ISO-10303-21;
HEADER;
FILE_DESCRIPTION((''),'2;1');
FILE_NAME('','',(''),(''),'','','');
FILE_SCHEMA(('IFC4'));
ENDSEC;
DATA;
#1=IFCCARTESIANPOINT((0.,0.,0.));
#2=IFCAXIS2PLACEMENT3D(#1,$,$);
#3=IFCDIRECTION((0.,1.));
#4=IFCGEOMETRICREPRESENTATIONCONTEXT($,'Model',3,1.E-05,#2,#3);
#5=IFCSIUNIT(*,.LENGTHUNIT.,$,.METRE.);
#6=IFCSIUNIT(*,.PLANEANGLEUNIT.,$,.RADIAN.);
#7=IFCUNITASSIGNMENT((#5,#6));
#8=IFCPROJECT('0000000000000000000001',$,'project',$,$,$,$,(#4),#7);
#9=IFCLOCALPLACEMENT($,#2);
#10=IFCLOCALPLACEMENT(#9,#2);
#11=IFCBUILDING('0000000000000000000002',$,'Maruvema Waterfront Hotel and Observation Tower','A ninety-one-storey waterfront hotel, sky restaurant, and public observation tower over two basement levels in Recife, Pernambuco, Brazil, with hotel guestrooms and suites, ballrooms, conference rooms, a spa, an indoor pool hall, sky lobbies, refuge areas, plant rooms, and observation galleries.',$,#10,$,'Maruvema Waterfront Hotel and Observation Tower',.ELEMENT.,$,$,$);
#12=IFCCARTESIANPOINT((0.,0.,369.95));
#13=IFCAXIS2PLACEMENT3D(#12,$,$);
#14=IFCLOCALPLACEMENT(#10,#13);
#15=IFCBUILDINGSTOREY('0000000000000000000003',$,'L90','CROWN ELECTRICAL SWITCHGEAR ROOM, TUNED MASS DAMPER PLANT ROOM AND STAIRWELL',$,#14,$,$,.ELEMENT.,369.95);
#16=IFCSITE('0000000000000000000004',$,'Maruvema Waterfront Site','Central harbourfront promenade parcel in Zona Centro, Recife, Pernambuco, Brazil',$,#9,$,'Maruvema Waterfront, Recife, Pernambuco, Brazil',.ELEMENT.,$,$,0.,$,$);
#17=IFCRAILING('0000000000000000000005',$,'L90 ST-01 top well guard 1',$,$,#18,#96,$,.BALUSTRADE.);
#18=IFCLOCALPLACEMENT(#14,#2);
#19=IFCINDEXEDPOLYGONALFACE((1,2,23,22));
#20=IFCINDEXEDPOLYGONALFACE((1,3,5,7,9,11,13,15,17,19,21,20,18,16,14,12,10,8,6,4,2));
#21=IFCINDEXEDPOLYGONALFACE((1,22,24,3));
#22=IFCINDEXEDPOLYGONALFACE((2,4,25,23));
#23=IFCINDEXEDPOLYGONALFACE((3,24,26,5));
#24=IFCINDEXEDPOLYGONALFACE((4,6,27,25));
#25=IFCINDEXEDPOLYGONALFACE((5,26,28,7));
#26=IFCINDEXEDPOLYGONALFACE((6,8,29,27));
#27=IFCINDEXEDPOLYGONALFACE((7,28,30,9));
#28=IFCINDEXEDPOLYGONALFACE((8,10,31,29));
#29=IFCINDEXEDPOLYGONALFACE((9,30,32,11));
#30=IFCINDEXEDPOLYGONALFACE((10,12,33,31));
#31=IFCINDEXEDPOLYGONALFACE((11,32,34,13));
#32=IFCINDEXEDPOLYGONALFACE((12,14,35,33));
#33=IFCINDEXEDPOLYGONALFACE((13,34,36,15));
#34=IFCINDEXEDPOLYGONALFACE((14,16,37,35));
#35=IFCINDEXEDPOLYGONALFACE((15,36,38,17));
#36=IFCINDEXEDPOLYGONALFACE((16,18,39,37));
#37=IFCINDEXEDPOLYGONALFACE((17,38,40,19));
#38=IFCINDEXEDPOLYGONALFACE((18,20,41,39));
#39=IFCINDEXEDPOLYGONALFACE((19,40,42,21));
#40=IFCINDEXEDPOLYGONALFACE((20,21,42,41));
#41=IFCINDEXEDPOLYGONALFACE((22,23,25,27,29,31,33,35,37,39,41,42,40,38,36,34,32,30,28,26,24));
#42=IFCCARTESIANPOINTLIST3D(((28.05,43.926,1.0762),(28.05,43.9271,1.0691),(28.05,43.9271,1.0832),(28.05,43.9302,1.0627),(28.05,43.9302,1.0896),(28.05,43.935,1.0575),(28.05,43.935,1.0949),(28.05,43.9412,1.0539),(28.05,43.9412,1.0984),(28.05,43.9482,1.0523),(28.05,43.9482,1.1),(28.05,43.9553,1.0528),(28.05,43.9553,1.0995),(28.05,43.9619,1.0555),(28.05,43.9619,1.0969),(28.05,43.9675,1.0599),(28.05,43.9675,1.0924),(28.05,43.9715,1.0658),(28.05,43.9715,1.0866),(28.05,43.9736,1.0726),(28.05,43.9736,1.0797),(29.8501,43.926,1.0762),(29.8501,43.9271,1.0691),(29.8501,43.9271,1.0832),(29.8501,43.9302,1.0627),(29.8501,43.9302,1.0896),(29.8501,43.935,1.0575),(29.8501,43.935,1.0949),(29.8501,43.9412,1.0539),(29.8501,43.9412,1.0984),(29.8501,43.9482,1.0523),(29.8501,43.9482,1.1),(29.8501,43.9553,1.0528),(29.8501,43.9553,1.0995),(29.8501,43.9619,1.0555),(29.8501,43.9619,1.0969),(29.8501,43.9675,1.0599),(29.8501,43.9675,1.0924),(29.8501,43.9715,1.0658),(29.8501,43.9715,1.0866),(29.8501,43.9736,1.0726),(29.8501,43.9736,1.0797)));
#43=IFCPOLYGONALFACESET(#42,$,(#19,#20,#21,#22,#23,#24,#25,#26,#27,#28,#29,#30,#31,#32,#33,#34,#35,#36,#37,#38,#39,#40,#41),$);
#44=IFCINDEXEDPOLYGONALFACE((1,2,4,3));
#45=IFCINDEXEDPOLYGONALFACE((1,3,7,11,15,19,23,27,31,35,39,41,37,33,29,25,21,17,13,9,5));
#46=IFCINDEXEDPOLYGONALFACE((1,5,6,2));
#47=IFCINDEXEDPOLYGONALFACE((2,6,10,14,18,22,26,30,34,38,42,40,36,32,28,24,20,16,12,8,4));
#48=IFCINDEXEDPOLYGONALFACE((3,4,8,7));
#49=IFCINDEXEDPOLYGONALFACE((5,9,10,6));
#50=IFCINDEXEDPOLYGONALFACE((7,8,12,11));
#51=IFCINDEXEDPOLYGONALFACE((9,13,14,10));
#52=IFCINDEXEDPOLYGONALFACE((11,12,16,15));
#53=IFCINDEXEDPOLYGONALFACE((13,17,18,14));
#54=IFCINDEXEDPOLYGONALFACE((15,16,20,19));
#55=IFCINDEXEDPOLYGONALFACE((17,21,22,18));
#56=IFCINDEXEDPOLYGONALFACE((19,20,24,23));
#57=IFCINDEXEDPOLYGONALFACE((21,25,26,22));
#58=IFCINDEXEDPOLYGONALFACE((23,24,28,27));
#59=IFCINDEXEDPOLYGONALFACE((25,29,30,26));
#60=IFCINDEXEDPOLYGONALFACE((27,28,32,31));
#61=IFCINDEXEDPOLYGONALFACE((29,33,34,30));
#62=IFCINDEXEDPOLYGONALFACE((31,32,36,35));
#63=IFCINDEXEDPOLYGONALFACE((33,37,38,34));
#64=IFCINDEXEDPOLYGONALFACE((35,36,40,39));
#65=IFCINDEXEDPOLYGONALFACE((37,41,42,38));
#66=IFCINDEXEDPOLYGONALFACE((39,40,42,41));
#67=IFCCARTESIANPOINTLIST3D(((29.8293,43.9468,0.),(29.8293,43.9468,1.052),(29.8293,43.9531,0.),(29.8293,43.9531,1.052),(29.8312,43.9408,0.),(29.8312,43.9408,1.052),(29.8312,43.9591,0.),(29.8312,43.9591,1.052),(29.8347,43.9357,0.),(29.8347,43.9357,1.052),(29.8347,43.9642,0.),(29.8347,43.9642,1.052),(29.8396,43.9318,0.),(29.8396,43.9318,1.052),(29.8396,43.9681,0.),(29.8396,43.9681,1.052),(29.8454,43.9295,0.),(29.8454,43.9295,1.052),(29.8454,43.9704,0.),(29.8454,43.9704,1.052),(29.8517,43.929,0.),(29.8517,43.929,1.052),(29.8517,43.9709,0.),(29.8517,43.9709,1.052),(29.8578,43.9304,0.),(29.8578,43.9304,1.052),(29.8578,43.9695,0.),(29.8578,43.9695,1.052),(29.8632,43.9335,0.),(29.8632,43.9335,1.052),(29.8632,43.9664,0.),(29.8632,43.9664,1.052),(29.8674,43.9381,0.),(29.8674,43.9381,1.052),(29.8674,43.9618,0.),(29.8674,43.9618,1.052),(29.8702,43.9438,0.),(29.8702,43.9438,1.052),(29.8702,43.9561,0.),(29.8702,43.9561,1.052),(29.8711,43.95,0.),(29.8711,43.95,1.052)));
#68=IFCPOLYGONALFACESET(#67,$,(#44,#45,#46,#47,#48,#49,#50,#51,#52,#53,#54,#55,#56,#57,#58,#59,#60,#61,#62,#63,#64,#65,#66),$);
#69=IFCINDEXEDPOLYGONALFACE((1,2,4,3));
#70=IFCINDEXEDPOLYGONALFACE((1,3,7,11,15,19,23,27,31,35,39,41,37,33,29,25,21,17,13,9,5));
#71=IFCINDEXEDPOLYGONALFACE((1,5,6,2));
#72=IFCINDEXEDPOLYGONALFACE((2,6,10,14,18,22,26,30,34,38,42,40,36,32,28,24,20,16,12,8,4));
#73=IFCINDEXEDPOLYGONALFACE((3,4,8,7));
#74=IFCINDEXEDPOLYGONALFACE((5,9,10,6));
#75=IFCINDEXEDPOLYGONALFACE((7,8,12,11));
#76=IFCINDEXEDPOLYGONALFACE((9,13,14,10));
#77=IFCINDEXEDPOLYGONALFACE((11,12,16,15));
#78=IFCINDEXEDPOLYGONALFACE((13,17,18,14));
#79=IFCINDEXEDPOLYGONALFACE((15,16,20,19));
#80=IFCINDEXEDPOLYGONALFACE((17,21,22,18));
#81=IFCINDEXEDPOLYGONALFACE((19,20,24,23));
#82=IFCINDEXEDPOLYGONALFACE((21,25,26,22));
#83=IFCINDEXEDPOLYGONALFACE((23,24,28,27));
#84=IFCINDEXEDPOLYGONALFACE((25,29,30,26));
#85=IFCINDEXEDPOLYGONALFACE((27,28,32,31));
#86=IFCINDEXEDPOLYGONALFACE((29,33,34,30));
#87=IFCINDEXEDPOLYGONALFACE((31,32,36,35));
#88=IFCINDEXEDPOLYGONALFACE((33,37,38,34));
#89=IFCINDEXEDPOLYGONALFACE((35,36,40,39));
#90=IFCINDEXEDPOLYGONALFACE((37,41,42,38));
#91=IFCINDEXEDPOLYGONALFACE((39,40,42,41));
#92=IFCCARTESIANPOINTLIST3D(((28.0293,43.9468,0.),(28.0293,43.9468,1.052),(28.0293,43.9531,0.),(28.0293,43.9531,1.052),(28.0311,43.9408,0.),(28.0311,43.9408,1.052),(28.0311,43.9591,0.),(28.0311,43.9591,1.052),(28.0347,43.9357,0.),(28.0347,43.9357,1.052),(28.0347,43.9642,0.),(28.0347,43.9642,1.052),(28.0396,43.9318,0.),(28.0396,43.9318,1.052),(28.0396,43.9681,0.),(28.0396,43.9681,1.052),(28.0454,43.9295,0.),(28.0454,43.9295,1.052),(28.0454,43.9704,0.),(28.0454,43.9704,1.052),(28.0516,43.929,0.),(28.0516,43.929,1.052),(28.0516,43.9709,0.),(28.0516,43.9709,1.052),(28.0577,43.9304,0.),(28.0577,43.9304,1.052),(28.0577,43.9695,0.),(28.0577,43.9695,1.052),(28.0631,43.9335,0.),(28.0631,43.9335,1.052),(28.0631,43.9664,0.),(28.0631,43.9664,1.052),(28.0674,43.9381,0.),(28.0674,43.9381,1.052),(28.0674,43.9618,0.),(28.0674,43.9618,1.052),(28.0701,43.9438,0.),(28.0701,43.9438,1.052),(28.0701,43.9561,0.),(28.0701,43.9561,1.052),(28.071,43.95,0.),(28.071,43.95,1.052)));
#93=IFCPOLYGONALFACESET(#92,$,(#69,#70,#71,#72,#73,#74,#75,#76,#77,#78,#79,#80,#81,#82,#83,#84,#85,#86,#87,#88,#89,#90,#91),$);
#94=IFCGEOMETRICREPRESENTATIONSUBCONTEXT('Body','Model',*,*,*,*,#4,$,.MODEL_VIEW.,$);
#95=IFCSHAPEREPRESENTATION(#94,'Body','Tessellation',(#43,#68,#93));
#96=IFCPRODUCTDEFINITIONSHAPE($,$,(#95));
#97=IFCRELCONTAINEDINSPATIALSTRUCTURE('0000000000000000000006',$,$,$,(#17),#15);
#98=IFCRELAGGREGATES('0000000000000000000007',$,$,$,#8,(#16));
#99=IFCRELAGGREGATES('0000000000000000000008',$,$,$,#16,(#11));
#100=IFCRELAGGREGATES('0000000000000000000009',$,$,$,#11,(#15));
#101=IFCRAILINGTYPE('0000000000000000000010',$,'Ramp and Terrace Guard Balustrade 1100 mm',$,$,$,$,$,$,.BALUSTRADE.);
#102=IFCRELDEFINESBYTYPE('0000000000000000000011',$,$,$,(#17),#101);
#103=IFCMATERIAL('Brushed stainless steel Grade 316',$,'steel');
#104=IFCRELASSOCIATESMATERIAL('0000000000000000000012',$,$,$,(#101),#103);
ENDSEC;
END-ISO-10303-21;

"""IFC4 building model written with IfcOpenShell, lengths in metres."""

from ifc_helpers import new_model, si_unit, direction, frame, origin, origin_2d, place, context, subcontext, project, spatial, circle, extrude, material, type_object, element, save


model = new_model("IFC4")

# Units and contexts
model_context = context("Model", 3, precision=1e-05, world=origin(), true_north=direction((0.0, 1.0)))
body_context = subcontext(model_context, "Body", "Model", "MODEL_VIEW")
ifc_project = project(units=[si_unit("LENGTHUNIT", "METRE"), si_unit("PLANEANGLEUNIT", "RADIAN")], contexts=[model_context])

# Site, building, storey
site_placement = place(None, origin())
site = spatial("IfcSite", under=ifc_project, at=site_placement, Name="Maruvema Waterfront Site", Description="Central harbourfront promenade parcel in Zona Centro, Recife, Pernambuco, Brazil", LongName="Maruvema Waterfront, Recife, Pernambuco, Brazil", CompositionType="ELEMENT", RefElevation=0.0)
building_placement = place(site_placement, origin())
building = spatial("IfcBuilding", under=site, at=building_placement, Name="Maruvema Waterfront Hotel and Observation Tower", Description="A ninety-one-storey waterfront hotel, sky restaurant, and public observation tower over two basement levels in Recife, Pernambuco, Brazil, with hotel guestrooms and suites, ballrooms, conference rooms, a spa, an indoor pool hall, sky lobbies, refuge areas, plant rooms, and observation galleries.", LongName="Maruvema Waterfront Hotel and Observation Tower", CompositionType="ELEMENT")
storey_placement = place(building_placement, frame((0.0, 0.0, 369.95)))
storey = spatial("IfcBuildingStorey", under=building, at=storey_placement, Name="L90", Description="CROWN ELECTRICAL SWITCHGEAR ROOM, TUNED MASS DAMPER PLANT ROOM AND STAIRWELL", CompositionType="ELEMENT", Elevation=369.95)

# Railing
ifc_material_1 = material(Name="Brushed stainless steel Grade 316", Category="steel")
railing_type = type_object("IfcRailingType", Name="Ramp and Terrace Guard Balustrade 1100 mm", PredefinedType="BALUSTRADE", material=ifc_material_1)
railing_placement = place(storey_placement, frame((29.8501, 43.95, 0.0)))
element("IfcRailing", 1, at=railing_placement, inside=storey, type_object=railing_type, Name="L90 ST-01 top well guard 1", PredefinedType="BALUSTRADE", context=body_context, shape_type="SweptSolid", body=[
    extrude(circle(Radius=0.0239, at=origin_2d()), frame((0.0, 0.0, 1.0762), z_axis=(-1.0, 0.0, 0.0), x_axis=(0.0, -1.0, 0.0)), (0.0, 0.0, 1.0), 1.8),
    extrude(circle(Radius=0.021, at=origin_2d()), origin(), (0.0, 0.0, 1.0), 1.052),
    extrude(circle(Radius=0.021, at=origin_2d()), frame((-1.8, 0.0, 0.0)), (0.0, 0.0, 1.0), 1.052),
])

save(model, "model.ifc")
